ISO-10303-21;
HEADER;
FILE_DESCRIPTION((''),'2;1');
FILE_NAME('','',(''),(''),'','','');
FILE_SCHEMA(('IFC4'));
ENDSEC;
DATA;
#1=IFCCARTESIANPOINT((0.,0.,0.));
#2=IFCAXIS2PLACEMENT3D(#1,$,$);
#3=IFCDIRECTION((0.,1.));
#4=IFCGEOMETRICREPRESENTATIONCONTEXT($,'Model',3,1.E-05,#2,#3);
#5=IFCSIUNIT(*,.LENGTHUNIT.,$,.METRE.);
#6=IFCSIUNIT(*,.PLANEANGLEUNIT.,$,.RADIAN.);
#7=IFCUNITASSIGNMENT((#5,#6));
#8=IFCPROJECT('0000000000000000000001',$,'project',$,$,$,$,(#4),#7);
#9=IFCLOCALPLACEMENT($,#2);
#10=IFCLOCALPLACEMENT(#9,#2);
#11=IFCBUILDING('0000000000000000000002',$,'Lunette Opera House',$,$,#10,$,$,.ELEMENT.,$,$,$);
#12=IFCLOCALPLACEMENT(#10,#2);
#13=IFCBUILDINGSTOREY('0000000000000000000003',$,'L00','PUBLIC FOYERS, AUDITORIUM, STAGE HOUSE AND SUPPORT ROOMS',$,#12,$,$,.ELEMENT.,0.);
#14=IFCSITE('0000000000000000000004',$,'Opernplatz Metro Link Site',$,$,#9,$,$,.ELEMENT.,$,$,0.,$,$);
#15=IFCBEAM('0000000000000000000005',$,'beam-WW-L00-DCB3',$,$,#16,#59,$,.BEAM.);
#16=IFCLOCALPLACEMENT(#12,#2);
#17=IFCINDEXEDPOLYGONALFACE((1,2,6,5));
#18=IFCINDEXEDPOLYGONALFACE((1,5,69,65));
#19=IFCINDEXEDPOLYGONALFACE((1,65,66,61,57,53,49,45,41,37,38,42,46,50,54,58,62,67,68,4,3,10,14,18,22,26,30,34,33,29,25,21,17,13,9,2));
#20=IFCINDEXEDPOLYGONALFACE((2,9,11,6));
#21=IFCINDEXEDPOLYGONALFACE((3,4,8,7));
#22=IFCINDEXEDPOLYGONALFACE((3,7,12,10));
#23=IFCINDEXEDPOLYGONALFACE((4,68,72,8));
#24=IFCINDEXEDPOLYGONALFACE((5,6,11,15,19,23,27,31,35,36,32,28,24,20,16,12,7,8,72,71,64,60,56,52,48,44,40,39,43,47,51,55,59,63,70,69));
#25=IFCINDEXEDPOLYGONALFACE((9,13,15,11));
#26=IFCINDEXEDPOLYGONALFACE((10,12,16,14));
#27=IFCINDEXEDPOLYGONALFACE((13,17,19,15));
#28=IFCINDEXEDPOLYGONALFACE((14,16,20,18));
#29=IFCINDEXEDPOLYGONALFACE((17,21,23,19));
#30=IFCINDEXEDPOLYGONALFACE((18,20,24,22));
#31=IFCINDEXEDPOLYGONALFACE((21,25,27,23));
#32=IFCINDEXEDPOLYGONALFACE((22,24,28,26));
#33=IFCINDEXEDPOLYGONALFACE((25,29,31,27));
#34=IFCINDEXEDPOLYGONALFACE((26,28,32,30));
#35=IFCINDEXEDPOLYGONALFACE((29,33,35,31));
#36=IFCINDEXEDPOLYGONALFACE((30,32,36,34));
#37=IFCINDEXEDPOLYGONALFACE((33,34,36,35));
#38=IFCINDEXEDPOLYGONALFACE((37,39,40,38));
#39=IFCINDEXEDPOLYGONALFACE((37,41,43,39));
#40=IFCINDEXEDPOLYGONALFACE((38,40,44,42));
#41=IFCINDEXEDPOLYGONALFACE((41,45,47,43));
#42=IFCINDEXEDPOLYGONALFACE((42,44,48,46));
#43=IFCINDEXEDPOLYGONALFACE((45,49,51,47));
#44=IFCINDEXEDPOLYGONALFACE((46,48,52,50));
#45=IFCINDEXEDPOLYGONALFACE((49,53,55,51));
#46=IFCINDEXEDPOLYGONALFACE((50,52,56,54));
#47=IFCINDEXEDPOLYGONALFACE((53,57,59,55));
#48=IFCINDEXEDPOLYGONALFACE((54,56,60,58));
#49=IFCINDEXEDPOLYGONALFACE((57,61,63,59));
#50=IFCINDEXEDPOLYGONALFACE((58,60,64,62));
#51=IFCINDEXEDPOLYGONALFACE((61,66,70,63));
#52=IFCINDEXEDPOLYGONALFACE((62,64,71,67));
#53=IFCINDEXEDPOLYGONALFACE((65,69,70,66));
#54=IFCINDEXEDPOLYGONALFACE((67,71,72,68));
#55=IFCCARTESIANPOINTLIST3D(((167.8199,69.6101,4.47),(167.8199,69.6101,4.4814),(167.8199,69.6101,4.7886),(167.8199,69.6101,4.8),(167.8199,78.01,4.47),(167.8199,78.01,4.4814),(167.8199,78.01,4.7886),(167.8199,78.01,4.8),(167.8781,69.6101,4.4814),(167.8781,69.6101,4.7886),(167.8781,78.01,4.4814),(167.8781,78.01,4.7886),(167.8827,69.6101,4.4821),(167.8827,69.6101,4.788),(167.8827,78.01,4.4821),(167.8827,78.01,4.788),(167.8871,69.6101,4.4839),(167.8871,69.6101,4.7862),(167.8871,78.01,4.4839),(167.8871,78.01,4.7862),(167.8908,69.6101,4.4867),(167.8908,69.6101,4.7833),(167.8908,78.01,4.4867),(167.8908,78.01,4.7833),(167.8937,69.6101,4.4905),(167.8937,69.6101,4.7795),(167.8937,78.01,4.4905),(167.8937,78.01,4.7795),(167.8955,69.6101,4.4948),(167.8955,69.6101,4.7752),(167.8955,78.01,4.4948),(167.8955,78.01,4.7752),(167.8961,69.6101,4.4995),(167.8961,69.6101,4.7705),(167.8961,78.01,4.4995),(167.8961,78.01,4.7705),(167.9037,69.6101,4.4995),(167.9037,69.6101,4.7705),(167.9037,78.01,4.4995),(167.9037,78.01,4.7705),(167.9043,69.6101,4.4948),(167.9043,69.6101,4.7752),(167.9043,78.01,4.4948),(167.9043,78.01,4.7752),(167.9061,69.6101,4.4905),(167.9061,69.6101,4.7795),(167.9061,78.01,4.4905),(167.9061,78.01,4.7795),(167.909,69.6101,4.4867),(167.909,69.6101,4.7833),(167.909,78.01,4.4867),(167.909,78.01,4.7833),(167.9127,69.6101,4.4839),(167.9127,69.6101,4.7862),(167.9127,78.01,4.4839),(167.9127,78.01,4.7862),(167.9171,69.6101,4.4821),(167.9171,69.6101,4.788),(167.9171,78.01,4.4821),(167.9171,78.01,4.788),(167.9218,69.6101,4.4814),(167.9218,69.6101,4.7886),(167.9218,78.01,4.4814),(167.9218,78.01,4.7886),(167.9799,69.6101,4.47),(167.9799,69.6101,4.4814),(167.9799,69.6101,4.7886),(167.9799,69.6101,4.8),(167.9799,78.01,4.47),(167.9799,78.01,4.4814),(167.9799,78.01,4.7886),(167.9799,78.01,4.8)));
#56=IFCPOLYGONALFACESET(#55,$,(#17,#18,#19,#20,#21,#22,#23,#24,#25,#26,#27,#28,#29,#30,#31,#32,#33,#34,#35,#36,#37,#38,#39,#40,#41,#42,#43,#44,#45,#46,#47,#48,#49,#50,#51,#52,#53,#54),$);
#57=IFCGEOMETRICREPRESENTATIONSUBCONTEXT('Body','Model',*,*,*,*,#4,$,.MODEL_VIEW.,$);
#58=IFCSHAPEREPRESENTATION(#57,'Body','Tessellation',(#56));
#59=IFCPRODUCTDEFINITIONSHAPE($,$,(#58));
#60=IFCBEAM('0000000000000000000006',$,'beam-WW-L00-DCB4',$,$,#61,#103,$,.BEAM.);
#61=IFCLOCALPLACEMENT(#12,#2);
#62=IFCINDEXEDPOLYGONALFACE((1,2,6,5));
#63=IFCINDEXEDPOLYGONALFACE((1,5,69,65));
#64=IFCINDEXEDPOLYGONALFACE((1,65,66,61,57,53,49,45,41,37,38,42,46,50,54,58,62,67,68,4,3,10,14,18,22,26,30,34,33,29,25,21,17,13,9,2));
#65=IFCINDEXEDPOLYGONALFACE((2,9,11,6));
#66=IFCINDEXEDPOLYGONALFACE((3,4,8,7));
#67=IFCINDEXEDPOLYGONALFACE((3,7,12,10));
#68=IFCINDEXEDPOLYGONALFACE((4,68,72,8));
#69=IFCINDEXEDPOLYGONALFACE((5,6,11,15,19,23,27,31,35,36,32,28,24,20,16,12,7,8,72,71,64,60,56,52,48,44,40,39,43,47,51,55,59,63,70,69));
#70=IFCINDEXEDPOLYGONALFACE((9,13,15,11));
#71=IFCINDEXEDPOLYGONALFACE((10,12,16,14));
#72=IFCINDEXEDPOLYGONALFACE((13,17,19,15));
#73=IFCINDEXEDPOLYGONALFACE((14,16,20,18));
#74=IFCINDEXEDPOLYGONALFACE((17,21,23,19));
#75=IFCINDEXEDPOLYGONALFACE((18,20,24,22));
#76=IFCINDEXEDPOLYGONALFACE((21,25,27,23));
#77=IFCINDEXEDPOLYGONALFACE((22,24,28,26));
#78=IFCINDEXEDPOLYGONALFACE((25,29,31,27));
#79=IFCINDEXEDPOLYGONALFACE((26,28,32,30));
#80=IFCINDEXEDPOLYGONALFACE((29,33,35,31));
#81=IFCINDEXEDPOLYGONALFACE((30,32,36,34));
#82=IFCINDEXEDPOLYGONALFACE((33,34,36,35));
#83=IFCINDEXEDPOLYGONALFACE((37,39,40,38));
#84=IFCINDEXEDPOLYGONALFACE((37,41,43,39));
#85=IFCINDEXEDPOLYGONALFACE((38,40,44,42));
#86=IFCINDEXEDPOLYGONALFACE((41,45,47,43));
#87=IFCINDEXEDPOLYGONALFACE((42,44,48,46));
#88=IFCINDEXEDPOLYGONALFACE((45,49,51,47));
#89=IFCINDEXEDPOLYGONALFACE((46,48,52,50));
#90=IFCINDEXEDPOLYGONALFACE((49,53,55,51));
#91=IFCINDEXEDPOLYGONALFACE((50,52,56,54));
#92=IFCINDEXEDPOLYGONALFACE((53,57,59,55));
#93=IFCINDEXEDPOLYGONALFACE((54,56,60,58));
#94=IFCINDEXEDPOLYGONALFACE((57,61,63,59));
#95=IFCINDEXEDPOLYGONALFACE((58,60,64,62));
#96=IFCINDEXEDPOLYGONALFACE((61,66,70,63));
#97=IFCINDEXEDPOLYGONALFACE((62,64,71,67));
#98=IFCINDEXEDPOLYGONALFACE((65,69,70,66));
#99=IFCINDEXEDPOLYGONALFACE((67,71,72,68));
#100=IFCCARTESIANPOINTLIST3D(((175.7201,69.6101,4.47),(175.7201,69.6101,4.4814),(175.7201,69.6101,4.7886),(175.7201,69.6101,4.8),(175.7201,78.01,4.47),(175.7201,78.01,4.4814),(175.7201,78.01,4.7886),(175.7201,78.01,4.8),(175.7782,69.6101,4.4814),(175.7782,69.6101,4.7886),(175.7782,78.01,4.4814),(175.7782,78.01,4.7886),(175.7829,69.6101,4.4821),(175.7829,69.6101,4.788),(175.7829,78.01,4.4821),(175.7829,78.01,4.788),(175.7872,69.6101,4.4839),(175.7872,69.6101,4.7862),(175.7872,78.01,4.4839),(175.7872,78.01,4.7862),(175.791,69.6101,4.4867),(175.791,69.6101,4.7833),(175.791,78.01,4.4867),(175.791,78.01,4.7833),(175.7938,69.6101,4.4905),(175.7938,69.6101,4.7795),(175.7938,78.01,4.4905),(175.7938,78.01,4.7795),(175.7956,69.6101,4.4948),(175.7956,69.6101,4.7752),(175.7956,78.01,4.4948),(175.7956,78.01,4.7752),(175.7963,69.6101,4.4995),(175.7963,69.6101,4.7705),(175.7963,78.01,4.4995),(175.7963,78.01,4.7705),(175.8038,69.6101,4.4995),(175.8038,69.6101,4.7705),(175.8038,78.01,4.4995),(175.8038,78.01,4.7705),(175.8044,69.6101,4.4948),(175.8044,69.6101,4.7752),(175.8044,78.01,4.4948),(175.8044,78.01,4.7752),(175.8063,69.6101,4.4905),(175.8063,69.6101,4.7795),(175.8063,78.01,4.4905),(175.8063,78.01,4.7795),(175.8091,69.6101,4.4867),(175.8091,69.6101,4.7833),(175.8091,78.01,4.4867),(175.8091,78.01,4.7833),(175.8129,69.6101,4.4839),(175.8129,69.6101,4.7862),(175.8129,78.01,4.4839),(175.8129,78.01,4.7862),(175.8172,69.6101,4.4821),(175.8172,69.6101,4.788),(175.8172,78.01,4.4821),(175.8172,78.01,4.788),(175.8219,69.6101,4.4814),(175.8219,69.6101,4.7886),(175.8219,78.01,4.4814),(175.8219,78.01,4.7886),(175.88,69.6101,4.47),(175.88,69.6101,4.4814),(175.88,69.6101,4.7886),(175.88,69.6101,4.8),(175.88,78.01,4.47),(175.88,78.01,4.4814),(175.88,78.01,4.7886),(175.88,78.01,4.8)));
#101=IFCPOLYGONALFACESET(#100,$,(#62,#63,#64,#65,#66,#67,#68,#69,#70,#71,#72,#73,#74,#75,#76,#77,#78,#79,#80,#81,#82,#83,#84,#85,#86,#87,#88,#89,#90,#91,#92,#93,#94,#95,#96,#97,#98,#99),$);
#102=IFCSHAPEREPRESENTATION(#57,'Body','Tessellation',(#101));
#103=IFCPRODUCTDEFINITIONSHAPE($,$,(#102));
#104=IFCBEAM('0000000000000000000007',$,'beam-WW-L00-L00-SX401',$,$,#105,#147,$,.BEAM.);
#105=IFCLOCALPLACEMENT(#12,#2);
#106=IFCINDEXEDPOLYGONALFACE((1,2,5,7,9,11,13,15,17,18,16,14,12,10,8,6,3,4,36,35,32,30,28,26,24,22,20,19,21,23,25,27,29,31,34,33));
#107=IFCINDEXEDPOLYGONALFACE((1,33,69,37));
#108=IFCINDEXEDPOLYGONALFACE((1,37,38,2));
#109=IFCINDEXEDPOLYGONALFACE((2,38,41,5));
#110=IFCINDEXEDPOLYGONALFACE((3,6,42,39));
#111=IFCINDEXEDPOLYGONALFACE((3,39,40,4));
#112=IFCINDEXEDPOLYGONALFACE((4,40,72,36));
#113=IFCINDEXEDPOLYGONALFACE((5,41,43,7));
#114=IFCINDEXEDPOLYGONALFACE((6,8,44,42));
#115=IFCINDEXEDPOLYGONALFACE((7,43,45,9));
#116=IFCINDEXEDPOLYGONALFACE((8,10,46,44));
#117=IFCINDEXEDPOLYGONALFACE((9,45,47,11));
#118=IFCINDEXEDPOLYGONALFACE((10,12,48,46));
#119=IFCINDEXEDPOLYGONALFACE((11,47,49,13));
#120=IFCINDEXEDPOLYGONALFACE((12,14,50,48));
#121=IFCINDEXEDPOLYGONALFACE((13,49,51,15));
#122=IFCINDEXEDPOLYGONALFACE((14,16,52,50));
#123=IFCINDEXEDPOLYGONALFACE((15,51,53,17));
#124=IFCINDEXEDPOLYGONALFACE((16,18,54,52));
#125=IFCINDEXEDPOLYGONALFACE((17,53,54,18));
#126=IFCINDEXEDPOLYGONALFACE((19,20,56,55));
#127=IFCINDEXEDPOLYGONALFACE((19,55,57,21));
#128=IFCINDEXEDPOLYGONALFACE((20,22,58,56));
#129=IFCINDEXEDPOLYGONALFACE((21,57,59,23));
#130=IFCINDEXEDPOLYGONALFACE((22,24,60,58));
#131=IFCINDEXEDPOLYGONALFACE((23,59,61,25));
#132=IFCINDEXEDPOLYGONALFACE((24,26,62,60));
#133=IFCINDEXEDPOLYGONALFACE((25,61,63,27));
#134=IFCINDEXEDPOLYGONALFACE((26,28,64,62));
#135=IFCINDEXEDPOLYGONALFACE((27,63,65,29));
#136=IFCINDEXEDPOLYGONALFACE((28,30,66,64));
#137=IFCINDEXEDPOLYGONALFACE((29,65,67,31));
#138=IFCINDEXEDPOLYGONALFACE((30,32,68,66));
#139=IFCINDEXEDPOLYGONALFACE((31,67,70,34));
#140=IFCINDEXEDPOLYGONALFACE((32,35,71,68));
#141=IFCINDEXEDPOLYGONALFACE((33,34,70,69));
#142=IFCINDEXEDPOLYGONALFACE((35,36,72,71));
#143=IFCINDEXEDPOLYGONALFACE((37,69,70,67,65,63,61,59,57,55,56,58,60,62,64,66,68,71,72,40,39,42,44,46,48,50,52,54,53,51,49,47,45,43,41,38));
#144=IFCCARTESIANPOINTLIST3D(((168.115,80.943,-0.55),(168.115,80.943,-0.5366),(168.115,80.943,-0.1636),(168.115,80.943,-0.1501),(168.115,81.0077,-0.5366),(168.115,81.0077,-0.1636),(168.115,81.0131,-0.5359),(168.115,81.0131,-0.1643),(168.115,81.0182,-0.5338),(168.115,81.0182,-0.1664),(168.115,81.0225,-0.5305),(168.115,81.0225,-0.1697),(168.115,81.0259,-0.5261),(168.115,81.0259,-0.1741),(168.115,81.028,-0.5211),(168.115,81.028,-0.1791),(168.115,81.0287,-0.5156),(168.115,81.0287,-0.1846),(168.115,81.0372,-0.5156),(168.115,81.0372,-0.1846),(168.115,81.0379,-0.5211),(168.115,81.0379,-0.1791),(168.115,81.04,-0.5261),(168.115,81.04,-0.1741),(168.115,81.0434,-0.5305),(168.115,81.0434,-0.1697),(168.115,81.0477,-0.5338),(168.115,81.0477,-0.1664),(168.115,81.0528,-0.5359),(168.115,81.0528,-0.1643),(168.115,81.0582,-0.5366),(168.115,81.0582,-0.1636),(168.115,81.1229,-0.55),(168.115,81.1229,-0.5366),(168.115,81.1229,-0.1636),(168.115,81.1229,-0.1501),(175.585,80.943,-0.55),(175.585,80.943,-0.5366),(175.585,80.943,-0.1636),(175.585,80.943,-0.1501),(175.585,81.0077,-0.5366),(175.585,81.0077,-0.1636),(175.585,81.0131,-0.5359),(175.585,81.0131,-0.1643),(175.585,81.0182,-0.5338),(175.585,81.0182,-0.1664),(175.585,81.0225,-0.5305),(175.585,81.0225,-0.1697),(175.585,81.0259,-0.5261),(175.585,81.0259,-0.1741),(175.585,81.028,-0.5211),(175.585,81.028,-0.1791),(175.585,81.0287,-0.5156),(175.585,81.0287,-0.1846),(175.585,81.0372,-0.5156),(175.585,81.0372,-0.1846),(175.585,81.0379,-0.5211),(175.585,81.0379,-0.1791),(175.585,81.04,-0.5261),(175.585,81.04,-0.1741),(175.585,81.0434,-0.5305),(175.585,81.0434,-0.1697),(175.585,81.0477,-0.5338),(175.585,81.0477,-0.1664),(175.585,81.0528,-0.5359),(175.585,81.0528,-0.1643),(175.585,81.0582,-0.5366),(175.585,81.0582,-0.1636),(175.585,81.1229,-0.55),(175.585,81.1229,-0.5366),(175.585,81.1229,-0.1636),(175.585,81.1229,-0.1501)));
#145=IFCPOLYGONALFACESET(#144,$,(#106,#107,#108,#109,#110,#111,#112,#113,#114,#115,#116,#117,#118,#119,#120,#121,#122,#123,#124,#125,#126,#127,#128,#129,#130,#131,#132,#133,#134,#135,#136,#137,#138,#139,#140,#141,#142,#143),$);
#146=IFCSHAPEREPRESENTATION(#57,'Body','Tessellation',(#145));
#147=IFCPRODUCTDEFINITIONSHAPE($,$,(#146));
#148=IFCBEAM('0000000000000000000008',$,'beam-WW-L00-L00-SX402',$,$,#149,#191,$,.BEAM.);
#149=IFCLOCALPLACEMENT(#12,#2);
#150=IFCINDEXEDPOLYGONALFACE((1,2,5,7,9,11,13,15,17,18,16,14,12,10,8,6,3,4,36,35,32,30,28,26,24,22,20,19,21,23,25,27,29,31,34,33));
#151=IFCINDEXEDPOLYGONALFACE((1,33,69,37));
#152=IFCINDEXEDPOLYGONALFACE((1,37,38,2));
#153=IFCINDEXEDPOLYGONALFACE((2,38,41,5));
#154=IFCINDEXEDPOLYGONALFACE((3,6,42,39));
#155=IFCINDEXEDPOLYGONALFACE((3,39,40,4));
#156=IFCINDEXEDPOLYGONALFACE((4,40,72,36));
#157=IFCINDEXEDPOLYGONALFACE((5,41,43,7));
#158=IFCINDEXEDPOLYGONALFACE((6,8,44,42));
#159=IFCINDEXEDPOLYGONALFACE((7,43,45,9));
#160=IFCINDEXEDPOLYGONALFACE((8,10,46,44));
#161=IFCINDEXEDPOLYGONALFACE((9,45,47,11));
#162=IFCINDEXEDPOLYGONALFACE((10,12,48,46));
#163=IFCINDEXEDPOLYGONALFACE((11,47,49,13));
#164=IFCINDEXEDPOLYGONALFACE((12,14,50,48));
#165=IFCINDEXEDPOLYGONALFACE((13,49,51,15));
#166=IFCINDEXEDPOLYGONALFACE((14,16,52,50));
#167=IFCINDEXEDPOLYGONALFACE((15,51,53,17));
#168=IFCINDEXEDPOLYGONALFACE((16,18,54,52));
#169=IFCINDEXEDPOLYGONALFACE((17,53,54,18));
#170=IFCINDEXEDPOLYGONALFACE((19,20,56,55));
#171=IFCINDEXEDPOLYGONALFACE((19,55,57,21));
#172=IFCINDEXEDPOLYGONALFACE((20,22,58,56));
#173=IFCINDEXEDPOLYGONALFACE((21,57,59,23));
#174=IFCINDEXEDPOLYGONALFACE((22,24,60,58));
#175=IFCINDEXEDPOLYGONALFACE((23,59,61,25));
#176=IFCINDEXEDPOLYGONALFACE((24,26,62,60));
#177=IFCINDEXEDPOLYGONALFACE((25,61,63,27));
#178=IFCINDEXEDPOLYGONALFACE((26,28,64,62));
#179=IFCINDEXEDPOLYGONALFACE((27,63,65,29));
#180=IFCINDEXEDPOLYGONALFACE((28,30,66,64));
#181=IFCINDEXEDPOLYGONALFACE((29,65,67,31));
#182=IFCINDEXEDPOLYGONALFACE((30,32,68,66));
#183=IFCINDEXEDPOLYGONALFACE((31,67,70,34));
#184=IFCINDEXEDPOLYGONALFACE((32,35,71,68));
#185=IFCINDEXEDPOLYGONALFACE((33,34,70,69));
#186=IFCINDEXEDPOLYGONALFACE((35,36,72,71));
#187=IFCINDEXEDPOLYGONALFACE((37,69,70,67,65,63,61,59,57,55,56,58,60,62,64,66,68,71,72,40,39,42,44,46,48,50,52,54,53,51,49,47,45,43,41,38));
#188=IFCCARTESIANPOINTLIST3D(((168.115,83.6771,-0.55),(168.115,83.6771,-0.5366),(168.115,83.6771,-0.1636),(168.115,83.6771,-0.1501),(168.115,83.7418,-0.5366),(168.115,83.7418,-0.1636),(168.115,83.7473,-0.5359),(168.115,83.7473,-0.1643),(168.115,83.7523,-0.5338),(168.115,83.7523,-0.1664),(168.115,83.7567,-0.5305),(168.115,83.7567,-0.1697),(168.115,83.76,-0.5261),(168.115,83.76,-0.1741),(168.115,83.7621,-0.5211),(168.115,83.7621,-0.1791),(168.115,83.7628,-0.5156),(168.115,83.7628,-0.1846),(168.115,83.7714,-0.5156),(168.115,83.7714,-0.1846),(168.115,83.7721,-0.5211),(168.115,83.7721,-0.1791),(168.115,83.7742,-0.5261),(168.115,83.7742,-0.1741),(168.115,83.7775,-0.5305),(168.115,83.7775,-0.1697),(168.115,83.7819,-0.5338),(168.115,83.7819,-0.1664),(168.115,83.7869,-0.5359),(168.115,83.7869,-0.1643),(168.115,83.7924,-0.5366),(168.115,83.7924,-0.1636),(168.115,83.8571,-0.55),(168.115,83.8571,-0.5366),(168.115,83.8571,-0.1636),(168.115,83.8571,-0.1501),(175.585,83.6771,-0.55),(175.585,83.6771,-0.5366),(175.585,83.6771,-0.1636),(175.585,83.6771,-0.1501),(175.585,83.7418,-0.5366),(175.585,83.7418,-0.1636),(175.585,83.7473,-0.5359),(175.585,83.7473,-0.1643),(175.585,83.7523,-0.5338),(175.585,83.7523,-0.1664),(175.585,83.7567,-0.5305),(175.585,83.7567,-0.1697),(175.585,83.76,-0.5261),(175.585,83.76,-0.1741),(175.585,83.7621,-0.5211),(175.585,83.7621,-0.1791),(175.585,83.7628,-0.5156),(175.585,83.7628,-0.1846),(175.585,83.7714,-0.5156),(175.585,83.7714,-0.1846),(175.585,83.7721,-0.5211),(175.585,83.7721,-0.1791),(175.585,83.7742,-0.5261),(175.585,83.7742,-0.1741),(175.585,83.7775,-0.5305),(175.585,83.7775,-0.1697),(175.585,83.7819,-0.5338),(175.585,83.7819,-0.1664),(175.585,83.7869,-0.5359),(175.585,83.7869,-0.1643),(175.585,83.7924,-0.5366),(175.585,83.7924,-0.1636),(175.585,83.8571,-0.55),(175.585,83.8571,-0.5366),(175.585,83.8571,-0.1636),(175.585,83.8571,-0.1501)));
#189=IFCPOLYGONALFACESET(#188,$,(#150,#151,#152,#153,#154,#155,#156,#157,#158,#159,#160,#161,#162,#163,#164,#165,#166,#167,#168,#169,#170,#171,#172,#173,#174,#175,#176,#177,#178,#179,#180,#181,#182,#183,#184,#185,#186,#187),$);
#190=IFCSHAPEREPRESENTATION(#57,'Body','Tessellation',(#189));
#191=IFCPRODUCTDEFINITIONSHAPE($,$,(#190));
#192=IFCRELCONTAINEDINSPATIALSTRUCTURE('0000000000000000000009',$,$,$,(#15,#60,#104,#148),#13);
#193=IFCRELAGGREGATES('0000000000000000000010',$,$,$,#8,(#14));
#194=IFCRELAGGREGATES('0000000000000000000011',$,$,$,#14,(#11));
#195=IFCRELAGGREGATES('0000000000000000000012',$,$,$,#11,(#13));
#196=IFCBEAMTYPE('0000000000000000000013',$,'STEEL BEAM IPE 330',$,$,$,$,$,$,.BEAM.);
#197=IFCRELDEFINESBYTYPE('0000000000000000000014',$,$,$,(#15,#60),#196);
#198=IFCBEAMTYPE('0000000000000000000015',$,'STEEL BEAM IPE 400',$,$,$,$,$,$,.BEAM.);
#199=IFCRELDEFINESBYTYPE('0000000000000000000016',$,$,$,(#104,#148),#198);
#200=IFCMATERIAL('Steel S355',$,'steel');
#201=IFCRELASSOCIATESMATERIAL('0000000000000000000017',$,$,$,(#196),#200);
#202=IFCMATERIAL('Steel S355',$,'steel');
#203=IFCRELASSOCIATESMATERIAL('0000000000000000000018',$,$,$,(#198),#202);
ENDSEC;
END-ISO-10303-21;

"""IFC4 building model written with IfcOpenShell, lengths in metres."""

from ifc_helpers import new_model, si_unit, direction, frame, origin, origin_2d, place, context, subcontext, project, spatial, i_section, extrude, material, material_profile, profile_set, type_object, element, save


model = new_model("IFC4")

# Units and contexts
model_context = context("Model", 3, precision=1e-05, world=origin(), true_north=direction((0.0, 1.0)))
body_context = subcontext(model_context, "Body", "Model", "MODEL_VIEW")
ifc_project = project(units=[si_unit("LENGTHUNIT", "METRE"), si_unit("PLANEANGLEUNIT", "RADIAN")], contexts=[model_context])

# Site, building, storey
site_placement = place(None, origin())
site = spatial("IfcSite", under=ifc_project, at=site_placement, Name="Opernplatz Metro Link Site", CompositionType="ELEMENT", RefElevation=0.0)
building_placement = place(site_placement, origin())
building = spatial("IfcBuilding", under=site, at=building_placement, Name="Lunette Opera House", CompositionType="ELEMENT")
storey_placement = place(building_placement, origin())
storey = spatial("IfcBuildingStorey", under=building, at=storey_placement, Name="L00", Description="PUBLIC FOYERS, AUDITORIUM, STAGE HOUSE AND SUPPORT ROOMS", CompositionType="ELEMENT", Elevation=0.0)

# Beams
ifc_material_1 = material(Name="Steel S355", Category="steel")
ifc_material_profile_1 = material_profile(ifc_material_1, i_section(OverallWidth=0.1599, OverallDepth=0.3301, WebThickness=0.0076, FlangeThickness=0.0115, FilletRadius=0.0181, at=origin_2d()), Name="IPE 330")
ifc_profile_set_1 = profile_set([ifc_material_profile_1], Name="Steel S355")
beam_type_1 = type_object("IfcBeamType", Name="STEEL BEAM IPE 330", PredefinedType="BEAM", material=ifc_profile_set_1)
for number, where, z_axis, x_axis, name in (
    (1, (167.8999, 69.6101, 4.635), (0.0, 1.0, 0.0), (-1.0, 0.0, 0.0), "beam-WW-L00-DCB3"),
    (2, (175.8, 69.6101, 4.635), (0.0, 1.0, 0.0), (-1.0, 0.0, 0.0), "beam-WW-L00-DCB4"),
):
    element("IfcBeam", number, at=place(storey_placement, frame(where, z_axis=z_axis, x_axis=x_axis)), inside=storey, type_object=beam_type_1, Name=name, PredefinedType="BEAM", context=body_context, shape_type="SweptSolid", body=[
        extrude(i_section(OverallWidth=0.1599, OverallDepth=0.3301, WebThickness=0.0076, FlangeThickness=0.0115, FilletRadius=0.0181, at=origin_2d()), origin(), (0.0, 0.0, 1.0), 8.3999),
    ])
ifc_material_2 = material(Name="Steel S355", Category="steel")
ifc_material_profile_2 = material_profile(ifc_material_2, i_section(OverallWidth=0.1799, OverallDepth=0.3999, WebThickness=0.0085, FlangeThickness=0.0134, FilletRadius=0.021, at=origin_2d()), Name="IPE 400")
ifc_profile_set_2 = profile_set([ifc_material_profile_2], Name="Steel S355")
beam_type_2 = type_object("IfcBeamType", Name="STEEL BEAM IPE 400", PredefinedType="BEAM", material=ifc_profile_set_2)
for number, where, z_axis, x_axis, name in (
    (3, (168.115, 81.033, -0.3501), (1.0, 0.0, 0.0), (0.0, 1.0, 0.0), "beam-WW-L00-L00-SX401"),
    (4, (168.115, 83.7671, -0.3501), (1.0, 0.0, 0.0), (0.0, 1.0, 0.0), "beam-WW-L00-L00-SX402"),
):
    element("IfcBeam", number, at=place(storey_placement, frame(where, z_axis=z_axis, x_axis=x_axis)), inside=storey, type_object=beam_type_2, Name=name, PredefinedType="BEAM", context=body_context, shape_type="SweptSolid", body=[
        extrude(i_section(OverallWidth=0.1799, OverallDepth=0.3999, WebThickness=0.0085, FlangeThickness=0.0134, FilletRadius=0.021, at=origin_2d()), origin(), (0.0, 0.0, 1.0), 7.47),
    ])

save(model, "model.ifc")
